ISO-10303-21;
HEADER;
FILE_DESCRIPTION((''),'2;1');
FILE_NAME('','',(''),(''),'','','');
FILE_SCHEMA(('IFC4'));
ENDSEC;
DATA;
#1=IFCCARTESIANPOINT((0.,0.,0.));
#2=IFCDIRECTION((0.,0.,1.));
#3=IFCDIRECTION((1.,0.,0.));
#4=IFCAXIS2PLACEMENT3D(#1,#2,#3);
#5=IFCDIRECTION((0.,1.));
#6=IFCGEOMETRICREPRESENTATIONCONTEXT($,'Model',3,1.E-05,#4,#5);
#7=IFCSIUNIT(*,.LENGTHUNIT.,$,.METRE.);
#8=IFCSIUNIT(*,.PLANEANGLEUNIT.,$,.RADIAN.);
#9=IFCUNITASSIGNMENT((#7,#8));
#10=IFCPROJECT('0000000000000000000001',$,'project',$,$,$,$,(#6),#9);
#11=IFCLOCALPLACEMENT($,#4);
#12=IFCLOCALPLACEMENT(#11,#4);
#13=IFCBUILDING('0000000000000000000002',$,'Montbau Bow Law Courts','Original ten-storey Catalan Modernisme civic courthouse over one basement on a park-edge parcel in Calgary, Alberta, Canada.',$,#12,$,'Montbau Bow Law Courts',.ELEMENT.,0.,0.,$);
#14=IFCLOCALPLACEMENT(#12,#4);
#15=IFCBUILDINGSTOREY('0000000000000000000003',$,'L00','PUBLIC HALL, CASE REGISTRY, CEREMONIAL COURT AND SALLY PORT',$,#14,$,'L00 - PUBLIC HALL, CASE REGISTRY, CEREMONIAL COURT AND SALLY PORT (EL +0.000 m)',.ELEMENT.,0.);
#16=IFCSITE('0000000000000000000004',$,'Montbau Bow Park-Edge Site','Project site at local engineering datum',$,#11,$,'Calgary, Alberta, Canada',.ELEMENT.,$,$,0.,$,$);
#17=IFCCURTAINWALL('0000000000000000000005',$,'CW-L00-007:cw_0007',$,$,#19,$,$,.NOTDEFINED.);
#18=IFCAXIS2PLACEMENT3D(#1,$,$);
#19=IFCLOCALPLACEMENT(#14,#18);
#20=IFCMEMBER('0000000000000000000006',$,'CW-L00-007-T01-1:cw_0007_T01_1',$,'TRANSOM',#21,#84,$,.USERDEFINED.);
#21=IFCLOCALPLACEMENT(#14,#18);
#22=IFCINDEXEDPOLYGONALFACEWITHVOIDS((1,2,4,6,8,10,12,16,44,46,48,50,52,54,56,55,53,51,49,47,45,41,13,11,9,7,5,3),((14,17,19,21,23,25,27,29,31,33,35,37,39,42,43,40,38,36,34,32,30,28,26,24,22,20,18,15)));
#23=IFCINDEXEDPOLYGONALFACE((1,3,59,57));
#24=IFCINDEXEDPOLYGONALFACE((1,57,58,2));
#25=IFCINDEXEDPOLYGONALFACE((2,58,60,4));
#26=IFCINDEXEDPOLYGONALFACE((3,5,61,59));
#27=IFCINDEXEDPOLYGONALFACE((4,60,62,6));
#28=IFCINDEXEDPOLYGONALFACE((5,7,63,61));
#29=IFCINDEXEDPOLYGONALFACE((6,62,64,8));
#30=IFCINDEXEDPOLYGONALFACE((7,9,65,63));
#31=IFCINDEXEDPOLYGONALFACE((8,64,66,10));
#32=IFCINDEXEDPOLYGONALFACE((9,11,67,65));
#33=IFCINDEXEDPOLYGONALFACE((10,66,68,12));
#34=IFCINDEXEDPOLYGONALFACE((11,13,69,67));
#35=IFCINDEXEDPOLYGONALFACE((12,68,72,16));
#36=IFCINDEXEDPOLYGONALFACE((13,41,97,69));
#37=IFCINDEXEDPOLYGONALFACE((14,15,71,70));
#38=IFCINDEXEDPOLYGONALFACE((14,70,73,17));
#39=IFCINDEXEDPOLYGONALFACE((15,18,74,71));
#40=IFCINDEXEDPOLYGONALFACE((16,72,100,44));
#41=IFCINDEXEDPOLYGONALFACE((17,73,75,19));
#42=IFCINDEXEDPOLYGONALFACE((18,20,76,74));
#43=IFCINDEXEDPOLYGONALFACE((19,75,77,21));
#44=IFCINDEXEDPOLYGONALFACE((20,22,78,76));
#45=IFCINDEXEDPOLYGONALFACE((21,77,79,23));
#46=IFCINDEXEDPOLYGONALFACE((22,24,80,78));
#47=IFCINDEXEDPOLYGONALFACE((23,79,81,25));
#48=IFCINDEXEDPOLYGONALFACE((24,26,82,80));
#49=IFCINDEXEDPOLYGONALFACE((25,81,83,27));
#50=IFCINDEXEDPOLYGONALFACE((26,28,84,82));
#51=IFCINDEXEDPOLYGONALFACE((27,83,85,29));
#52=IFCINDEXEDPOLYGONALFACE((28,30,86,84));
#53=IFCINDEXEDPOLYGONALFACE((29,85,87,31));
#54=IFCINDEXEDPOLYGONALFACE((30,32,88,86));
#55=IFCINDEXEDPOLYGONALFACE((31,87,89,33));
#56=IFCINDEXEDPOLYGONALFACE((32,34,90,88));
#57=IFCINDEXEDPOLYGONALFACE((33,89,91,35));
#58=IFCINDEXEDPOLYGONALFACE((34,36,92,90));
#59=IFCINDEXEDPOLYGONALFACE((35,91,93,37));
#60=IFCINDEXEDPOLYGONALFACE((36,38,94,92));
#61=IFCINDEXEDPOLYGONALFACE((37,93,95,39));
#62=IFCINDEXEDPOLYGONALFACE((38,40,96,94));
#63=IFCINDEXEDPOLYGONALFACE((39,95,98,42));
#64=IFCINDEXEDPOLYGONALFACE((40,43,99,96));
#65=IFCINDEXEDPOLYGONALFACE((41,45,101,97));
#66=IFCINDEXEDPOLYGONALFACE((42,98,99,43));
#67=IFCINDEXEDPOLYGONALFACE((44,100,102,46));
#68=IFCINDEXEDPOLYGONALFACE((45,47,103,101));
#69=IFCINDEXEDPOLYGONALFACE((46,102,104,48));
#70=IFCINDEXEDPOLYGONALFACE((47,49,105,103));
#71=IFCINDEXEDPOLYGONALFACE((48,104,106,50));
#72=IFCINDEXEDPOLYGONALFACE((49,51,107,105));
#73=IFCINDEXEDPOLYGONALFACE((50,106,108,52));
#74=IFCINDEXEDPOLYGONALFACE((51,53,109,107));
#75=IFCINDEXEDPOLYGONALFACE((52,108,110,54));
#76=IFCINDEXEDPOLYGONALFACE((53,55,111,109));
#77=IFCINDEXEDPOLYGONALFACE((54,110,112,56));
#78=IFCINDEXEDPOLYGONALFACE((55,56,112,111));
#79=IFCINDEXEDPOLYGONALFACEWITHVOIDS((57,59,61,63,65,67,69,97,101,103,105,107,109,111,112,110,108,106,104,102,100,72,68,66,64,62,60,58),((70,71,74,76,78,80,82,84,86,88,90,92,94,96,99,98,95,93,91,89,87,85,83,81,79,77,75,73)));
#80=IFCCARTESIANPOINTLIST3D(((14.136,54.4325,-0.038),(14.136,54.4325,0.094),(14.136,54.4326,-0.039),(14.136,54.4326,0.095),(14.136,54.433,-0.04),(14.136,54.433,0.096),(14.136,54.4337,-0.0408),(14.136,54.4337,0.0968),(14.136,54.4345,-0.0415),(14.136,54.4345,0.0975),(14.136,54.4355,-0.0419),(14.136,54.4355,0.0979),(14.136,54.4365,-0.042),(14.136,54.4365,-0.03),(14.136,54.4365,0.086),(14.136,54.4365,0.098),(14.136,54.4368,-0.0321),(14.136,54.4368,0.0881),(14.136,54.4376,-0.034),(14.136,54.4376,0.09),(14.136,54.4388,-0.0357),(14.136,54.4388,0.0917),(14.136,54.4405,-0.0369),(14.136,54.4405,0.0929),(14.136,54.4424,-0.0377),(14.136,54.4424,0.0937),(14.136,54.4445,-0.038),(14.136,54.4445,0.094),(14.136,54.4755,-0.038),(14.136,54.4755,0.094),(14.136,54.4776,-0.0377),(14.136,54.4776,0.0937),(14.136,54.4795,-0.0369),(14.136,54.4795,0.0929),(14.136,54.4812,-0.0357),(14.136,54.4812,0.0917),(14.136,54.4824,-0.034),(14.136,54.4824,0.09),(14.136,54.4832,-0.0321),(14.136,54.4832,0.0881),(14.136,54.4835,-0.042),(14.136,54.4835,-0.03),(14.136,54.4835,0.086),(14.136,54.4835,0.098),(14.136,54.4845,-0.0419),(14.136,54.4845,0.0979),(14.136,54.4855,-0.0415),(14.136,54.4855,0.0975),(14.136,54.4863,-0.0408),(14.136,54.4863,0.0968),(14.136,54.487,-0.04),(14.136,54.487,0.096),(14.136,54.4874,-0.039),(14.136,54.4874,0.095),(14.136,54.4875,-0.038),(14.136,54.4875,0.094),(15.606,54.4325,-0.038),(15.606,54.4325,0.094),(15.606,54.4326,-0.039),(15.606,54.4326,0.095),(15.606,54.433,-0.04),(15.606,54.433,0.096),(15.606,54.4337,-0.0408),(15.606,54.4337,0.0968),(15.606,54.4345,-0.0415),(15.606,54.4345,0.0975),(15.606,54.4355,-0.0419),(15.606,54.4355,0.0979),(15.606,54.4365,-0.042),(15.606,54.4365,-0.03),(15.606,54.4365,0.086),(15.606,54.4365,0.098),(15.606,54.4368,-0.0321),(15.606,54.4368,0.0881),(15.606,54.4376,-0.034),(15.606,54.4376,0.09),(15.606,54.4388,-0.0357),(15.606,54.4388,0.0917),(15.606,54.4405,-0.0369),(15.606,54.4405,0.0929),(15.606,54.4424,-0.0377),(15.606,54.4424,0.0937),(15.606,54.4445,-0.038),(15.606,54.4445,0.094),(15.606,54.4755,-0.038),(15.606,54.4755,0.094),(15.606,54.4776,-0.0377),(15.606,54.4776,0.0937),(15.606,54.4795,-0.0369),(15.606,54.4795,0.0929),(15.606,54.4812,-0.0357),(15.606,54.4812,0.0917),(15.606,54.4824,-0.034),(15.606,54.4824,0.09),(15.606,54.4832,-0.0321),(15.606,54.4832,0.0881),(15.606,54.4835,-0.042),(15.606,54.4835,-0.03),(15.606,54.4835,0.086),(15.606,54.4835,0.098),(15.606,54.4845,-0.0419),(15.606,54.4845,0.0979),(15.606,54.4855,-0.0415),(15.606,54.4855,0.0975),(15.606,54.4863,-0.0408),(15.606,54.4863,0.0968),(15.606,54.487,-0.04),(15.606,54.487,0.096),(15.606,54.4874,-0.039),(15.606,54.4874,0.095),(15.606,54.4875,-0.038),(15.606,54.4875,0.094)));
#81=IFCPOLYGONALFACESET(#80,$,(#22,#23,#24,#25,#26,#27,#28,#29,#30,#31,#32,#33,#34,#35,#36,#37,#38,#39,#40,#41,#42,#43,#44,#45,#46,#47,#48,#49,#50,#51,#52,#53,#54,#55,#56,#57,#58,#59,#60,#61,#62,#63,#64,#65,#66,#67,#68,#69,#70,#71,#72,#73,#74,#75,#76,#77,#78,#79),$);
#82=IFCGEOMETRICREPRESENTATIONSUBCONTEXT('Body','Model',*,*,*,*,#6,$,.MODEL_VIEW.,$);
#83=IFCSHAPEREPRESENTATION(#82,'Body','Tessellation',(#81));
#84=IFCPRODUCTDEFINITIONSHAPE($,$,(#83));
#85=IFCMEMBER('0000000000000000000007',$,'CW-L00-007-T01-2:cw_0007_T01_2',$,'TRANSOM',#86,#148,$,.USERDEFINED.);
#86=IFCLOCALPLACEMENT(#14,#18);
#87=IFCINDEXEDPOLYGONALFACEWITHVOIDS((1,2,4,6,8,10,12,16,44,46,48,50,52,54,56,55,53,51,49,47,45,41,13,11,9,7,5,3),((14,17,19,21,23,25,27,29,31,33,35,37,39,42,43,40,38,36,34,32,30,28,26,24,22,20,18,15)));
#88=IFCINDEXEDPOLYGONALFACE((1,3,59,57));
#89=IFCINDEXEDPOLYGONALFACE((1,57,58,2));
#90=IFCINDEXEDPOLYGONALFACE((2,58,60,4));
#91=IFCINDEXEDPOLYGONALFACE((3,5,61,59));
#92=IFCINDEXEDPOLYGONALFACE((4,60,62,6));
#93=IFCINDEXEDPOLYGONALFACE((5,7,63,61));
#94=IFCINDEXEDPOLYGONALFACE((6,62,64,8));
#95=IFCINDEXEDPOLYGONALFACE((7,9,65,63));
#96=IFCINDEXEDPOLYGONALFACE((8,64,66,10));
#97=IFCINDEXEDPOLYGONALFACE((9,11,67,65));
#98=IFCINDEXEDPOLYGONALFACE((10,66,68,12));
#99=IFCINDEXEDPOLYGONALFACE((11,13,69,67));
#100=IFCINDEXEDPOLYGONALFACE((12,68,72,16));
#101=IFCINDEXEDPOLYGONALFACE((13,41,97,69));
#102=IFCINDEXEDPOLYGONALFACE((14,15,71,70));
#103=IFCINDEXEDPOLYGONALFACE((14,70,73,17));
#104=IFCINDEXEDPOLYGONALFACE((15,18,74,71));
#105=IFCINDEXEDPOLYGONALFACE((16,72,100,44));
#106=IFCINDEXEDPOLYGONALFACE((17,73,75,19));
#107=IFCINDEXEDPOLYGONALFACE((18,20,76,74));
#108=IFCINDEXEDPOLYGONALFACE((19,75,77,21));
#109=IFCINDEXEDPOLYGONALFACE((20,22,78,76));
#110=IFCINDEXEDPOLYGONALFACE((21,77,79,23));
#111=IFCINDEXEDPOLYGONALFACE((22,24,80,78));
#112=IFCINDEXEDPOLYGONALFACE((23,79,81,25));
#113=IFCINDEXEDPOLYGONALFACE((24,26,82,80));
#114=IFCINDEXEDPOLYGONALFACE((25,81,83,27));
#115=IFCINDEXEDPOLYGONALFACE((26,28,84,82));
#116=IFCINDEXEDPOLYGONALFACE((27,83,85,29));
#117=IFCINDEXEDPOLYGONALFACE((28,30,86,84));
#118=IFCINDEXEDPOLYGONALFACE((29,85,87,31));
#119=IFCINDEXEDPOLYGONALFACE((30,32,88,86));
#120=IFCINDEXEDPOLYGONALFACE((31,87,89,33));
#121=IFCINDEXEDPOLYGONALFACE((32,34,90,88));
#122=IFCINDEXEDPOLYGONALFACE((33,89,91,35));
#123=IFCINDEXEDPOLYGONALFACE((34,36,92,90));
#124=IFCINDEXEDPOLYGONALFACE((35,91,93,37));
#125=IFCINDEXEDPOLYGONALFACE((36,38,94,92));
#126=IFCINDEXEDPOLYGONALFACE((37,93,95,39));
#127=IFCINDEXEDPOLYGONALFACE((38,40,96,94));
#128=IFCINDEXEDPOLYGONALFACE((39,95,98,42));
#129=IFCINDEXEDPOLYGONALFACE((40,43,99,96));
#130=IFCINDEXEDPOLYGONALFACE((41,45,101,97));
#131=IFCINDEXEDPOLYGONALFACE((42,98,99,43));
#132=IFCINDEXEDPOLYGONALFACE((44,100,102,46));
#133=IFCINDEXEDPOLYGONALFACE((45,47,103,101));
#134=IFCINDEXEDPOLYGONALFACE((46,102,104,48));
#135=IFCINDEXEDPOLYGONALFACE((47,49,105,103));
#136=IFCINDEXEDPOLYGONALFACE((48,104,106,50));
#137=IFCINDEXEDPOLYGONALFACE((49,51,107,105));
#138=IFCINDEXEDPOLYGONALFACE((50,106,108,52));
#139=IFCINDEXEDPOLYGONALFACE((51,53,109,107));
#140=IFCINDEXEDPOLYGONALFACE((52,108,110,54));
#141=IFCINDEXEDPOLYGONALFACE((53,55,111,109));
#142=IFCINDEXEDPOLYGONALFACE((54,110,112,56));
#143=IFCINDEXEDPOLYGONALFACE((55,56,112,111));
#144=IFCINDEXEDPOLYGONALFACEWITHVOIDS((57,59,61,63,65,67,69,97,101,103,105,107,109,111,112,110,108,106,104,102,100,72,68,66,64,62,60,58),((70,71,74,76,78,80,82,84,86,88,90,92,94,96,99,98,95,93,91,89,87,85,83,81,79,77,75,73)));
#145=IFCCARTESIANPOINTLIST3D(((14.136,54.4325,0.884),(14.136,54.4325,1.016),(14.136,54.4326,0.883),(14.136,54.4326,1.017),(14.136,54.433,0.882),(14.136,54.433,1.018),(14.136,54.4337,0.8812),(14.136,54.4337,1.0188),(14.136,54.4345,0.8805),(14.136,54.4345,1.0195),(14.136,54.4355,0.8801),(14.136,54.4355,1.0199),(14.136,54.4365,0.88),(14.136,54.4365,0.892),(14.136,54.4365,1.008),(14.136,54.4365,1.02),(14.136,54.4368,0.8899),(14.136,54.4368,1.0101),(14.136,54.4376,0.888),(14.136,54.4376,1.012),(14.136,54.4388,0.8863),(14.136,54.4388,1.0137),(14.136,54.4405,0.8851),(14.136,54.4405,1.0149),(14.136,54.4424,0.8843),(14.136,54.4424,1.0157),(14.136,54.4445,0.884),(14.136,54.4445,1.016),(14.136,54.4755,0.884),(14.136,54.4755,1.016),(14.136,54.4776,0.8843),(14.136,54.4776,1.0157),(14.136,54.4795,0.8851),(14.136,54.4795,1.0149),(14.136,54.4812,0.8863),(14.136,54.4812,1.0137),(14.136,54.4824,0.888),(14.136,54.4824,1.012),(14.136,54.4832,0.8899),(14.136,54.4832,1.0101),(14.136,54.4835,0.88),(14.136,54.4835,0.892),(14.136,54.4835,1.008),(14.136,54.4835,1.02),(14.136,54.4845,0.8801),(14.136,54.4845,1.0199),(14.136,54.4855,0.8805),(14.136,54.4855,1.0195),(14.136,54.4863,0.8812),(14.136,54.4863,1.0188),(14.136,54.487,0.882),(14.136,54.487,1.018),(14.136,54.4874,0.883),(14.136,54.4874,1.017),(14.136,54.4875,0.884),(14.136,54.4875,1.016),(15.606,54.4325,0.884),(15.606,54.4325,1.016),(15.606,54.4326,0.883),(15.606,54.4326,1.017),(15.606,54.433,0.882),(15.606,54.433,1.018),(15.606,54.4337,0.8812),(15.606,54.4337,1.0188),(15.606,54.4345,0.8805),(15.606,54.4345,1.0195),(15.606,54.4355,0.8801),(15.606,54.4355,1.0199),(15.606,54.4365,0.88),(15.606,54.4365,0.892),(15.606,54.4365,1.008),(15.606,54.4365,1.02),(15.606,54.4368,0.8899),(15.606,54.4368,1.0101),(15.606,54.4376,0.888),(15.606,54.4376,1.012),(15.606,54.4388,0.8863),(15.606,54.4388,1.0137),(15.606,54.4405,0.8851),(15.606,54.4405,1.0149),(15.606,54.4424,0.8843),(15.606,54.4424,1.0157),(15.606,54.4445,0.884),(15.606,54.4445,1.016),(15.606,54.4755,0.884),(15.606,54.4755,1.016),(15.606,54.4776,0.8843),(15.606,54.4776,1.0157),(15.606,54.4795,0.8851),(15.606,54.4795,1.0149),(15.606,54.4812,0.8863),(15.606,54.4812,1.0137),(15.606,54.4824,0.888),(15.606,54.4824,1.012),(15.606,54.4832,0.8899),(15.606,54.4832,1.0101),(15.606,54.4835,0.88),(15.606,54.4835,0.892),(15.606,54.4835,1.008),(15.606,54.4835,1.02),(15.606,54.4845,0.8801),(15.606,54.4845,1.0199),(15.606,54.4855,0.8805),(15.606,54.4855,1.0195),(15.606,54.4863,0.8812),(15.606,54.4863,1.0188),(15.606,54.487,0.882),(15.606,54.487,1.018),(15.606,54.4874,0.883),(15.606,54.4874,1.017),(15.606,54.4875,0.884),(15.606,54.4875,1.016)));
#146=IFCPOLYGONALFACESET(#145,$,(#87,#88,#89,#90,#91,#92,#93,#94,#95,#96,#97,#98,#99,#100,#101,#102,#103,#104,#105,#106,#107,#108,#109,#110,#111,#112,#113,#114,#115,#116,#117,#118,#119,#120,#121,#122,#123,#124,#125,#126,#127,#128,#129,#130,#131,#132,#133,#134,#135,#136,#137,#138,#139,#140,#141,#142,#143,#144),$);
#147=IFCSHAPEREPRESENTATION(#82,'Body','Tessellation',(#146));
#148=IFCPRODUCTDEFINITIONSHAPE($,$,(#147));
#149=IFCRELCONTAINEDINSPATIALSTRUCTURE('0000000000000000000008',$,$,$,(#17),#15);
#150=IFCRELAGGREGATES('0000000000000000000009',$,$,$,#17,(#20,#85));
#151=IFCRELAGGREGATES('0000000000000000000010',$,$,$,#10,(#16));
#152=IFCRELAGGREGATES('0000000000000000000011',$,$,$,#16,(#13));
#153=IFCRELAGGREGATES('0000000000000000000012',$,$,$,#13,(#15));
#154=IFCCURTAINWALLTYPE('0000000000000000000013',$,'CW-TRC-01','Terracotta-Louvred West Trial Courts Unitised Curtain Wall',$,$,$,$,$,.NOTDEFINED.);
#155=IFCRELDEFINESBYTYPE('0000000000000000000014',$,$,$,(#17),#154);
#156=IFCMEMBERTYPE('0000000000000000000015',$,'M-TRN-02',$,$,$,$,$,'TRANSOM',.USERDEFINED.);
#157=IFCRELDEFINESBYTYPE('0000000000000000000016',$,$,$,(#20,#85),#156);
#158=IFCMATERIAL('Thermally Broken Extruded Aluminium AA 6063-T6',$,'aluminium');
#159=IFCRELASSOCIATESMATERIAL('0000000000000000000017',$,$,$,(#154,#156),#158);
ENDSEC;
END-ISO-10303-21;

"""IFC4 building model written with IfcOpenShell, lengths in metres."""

from ifc_helpers import new_model, si_unit, direction, frame, origin_with_axes, origin_2d_with_axis, place, context, subcontext, project, spatial, hollow_rectangle, extrude, material, material_profile, profile_set, type_object, element, aggregate, save


model = new_model("IFC4")

# Units and contexts
model_context = context("Model", 3, precision=1e-05, world=origin_with_axes(), true_north=direction((0.0, 1.0)))
body_context = subcontext(model_context, "Body", "Model", "MODEL_VIEW")
ifc_project = project(units=[si_unit("LENGTHUNIT", "METRE"), si_unit("PLANEANGLEUNIT", "RADIAN")], contexts=[model_context])

# Site, building, storey
site_placement = place(None, origin_with_axes())
site = spatial("IfcSite", under=ifc_project, at=site_placement, Name="Montbau Bow Park-Edge Site", Description="Project site at local engineering datum", LongName="Calgary, Alberta, Canada", CompositionType="ELEMENT", RefElevation=0.0)
building_placement = place(site_placement, origin_with_axes())
building = spatial("IfcBuilding", under=site, at=building_placement, Name="Montbau Bow Law Courts", Description="Original ten-storey Catalan Modernisme civic courthouse over one basement on a park-edge parcel in Calgary, Alberta, Canada.", LongName="Montbau Bow Law Courts", CompositionType="ELEMENT", ElevationOfRefHeight=0.0, ElevationOfTerrain=0.0)
storey_placement = place(building_placement, origin_with_axes())
storey = spatial("IfcBuildingStorey", under=building, at=storey_placement, Name="L00", Description="PUBLIC HALL, CASE REGISTRY, CEREMONIAL COURT AND SALLY PORT", LongName="L00 - PUBLIC HALL, CASE REGISTRY, CEREMONIAL COURT AND SALLY PORT (EL +0.000 m)", CompositionType="ELEMENT", Elevation=0.0)

# Curtain wall
ifc_material_1 = material(Name="Thermally Broken Extruded Aluminium AA 6063-T6", Category="aluminium")
curtain_wall_type = type_object("IfcCurtainWallType", Name="CW-TRC-01", Description="Terracotta-Louvred West Trial Courts Unitised Curtain Wall", PredefinedType="NOTDEFINED", material=ifc_material_1)
curtain_wall_1_placement = place(None, frame((14.068, 54.46, 0.0), z_axis=(0.0, 0.0, 1.0), x_axis=(1.0, 0.0, 0.0)))
curtain_wall_1 = element("IfcCurtainWall", 1, at=curtain_wall_1_placement, inside=storey, type_object=curtain_wall_type, Name="CW-L00-007:cw_0007", PredefinedType="NOTDEFINED")

# Members
ifc_material_profile_1 = material_profile(ifc_material_1, hollow_rectangle(XDim=0.055, YDim=0.14, WallThickness=0.004, InnerFilletRadius=0.008, OuterFilletRadius=0.004, at=origin_2d_with_axis()), Name="CWT-140X55", Category="Main", Priority=0)
ifc_profile_set_1 = profile_set([ifc_material_profile_1], Name="Thermally Broken Extruded Aluminium AA 6063-T6")
member_type_1 = type_object("IfcMemberType", Name="M-TRN-02", ElementType="TRANSOM", PredefinedType="USERDEFINED", material=ifc_profile_set_1)
member_1_placement = place(None, frame((14.136, 54.46, 0.028), z_axis=(1.0, 0.0, 0.0), x_axis=(0.0, 1.0, 0.0)))
member_1 = element("IfcMember", 2, at=member_1_placement, type_object=member_type_1, Name="CW-L00-007-T01-1:cw_0007_T01_1", ObjectType="TRANSOM", PredefinedType="USERDEFINED", context=body_context, shape_type="SweptSolid", body=[
    extrude(hollow_rectangle(XDim=0.055, YDim=0.14, WallThickness=0.004, InnerFilletRadius=0.008, OuterFilletRadius=0.004, at=origin_2d_with_axis()), origin_with_axes(), (0.0, 0.0, 1.0), 1.47),
])
member_2_placement = place(None, frame((14.136, 54.46, 0.95), z_axis=(1.0, 0.0, 0.0), x_axis=(0.0, 1.0, 0.0)))
member_2 = element("IfcMember", 3, at=member_2_placement, type_object=member_type_1, Name="CW-L00-007-T01-2:cw_0007_T01_2", ObjectType="TRANSOM", PredefinedType="USERDEFINED", context=body_context, shape_type="SweptSolid", body=[
    extrude(hollow_rectangle(XDim=0.055, YDim=0.14, WallThickness=0.004, InnerFilletRadius=0.008, OuterFilletRadius=0.004, at=origin_2d_with_axis()), origin_with_axes(), (0.0, 0.0, 1.0), 1.47),
])

aggregate(curtain_wall_1, [member_1, member_2])

save(model, "model.ifc")
